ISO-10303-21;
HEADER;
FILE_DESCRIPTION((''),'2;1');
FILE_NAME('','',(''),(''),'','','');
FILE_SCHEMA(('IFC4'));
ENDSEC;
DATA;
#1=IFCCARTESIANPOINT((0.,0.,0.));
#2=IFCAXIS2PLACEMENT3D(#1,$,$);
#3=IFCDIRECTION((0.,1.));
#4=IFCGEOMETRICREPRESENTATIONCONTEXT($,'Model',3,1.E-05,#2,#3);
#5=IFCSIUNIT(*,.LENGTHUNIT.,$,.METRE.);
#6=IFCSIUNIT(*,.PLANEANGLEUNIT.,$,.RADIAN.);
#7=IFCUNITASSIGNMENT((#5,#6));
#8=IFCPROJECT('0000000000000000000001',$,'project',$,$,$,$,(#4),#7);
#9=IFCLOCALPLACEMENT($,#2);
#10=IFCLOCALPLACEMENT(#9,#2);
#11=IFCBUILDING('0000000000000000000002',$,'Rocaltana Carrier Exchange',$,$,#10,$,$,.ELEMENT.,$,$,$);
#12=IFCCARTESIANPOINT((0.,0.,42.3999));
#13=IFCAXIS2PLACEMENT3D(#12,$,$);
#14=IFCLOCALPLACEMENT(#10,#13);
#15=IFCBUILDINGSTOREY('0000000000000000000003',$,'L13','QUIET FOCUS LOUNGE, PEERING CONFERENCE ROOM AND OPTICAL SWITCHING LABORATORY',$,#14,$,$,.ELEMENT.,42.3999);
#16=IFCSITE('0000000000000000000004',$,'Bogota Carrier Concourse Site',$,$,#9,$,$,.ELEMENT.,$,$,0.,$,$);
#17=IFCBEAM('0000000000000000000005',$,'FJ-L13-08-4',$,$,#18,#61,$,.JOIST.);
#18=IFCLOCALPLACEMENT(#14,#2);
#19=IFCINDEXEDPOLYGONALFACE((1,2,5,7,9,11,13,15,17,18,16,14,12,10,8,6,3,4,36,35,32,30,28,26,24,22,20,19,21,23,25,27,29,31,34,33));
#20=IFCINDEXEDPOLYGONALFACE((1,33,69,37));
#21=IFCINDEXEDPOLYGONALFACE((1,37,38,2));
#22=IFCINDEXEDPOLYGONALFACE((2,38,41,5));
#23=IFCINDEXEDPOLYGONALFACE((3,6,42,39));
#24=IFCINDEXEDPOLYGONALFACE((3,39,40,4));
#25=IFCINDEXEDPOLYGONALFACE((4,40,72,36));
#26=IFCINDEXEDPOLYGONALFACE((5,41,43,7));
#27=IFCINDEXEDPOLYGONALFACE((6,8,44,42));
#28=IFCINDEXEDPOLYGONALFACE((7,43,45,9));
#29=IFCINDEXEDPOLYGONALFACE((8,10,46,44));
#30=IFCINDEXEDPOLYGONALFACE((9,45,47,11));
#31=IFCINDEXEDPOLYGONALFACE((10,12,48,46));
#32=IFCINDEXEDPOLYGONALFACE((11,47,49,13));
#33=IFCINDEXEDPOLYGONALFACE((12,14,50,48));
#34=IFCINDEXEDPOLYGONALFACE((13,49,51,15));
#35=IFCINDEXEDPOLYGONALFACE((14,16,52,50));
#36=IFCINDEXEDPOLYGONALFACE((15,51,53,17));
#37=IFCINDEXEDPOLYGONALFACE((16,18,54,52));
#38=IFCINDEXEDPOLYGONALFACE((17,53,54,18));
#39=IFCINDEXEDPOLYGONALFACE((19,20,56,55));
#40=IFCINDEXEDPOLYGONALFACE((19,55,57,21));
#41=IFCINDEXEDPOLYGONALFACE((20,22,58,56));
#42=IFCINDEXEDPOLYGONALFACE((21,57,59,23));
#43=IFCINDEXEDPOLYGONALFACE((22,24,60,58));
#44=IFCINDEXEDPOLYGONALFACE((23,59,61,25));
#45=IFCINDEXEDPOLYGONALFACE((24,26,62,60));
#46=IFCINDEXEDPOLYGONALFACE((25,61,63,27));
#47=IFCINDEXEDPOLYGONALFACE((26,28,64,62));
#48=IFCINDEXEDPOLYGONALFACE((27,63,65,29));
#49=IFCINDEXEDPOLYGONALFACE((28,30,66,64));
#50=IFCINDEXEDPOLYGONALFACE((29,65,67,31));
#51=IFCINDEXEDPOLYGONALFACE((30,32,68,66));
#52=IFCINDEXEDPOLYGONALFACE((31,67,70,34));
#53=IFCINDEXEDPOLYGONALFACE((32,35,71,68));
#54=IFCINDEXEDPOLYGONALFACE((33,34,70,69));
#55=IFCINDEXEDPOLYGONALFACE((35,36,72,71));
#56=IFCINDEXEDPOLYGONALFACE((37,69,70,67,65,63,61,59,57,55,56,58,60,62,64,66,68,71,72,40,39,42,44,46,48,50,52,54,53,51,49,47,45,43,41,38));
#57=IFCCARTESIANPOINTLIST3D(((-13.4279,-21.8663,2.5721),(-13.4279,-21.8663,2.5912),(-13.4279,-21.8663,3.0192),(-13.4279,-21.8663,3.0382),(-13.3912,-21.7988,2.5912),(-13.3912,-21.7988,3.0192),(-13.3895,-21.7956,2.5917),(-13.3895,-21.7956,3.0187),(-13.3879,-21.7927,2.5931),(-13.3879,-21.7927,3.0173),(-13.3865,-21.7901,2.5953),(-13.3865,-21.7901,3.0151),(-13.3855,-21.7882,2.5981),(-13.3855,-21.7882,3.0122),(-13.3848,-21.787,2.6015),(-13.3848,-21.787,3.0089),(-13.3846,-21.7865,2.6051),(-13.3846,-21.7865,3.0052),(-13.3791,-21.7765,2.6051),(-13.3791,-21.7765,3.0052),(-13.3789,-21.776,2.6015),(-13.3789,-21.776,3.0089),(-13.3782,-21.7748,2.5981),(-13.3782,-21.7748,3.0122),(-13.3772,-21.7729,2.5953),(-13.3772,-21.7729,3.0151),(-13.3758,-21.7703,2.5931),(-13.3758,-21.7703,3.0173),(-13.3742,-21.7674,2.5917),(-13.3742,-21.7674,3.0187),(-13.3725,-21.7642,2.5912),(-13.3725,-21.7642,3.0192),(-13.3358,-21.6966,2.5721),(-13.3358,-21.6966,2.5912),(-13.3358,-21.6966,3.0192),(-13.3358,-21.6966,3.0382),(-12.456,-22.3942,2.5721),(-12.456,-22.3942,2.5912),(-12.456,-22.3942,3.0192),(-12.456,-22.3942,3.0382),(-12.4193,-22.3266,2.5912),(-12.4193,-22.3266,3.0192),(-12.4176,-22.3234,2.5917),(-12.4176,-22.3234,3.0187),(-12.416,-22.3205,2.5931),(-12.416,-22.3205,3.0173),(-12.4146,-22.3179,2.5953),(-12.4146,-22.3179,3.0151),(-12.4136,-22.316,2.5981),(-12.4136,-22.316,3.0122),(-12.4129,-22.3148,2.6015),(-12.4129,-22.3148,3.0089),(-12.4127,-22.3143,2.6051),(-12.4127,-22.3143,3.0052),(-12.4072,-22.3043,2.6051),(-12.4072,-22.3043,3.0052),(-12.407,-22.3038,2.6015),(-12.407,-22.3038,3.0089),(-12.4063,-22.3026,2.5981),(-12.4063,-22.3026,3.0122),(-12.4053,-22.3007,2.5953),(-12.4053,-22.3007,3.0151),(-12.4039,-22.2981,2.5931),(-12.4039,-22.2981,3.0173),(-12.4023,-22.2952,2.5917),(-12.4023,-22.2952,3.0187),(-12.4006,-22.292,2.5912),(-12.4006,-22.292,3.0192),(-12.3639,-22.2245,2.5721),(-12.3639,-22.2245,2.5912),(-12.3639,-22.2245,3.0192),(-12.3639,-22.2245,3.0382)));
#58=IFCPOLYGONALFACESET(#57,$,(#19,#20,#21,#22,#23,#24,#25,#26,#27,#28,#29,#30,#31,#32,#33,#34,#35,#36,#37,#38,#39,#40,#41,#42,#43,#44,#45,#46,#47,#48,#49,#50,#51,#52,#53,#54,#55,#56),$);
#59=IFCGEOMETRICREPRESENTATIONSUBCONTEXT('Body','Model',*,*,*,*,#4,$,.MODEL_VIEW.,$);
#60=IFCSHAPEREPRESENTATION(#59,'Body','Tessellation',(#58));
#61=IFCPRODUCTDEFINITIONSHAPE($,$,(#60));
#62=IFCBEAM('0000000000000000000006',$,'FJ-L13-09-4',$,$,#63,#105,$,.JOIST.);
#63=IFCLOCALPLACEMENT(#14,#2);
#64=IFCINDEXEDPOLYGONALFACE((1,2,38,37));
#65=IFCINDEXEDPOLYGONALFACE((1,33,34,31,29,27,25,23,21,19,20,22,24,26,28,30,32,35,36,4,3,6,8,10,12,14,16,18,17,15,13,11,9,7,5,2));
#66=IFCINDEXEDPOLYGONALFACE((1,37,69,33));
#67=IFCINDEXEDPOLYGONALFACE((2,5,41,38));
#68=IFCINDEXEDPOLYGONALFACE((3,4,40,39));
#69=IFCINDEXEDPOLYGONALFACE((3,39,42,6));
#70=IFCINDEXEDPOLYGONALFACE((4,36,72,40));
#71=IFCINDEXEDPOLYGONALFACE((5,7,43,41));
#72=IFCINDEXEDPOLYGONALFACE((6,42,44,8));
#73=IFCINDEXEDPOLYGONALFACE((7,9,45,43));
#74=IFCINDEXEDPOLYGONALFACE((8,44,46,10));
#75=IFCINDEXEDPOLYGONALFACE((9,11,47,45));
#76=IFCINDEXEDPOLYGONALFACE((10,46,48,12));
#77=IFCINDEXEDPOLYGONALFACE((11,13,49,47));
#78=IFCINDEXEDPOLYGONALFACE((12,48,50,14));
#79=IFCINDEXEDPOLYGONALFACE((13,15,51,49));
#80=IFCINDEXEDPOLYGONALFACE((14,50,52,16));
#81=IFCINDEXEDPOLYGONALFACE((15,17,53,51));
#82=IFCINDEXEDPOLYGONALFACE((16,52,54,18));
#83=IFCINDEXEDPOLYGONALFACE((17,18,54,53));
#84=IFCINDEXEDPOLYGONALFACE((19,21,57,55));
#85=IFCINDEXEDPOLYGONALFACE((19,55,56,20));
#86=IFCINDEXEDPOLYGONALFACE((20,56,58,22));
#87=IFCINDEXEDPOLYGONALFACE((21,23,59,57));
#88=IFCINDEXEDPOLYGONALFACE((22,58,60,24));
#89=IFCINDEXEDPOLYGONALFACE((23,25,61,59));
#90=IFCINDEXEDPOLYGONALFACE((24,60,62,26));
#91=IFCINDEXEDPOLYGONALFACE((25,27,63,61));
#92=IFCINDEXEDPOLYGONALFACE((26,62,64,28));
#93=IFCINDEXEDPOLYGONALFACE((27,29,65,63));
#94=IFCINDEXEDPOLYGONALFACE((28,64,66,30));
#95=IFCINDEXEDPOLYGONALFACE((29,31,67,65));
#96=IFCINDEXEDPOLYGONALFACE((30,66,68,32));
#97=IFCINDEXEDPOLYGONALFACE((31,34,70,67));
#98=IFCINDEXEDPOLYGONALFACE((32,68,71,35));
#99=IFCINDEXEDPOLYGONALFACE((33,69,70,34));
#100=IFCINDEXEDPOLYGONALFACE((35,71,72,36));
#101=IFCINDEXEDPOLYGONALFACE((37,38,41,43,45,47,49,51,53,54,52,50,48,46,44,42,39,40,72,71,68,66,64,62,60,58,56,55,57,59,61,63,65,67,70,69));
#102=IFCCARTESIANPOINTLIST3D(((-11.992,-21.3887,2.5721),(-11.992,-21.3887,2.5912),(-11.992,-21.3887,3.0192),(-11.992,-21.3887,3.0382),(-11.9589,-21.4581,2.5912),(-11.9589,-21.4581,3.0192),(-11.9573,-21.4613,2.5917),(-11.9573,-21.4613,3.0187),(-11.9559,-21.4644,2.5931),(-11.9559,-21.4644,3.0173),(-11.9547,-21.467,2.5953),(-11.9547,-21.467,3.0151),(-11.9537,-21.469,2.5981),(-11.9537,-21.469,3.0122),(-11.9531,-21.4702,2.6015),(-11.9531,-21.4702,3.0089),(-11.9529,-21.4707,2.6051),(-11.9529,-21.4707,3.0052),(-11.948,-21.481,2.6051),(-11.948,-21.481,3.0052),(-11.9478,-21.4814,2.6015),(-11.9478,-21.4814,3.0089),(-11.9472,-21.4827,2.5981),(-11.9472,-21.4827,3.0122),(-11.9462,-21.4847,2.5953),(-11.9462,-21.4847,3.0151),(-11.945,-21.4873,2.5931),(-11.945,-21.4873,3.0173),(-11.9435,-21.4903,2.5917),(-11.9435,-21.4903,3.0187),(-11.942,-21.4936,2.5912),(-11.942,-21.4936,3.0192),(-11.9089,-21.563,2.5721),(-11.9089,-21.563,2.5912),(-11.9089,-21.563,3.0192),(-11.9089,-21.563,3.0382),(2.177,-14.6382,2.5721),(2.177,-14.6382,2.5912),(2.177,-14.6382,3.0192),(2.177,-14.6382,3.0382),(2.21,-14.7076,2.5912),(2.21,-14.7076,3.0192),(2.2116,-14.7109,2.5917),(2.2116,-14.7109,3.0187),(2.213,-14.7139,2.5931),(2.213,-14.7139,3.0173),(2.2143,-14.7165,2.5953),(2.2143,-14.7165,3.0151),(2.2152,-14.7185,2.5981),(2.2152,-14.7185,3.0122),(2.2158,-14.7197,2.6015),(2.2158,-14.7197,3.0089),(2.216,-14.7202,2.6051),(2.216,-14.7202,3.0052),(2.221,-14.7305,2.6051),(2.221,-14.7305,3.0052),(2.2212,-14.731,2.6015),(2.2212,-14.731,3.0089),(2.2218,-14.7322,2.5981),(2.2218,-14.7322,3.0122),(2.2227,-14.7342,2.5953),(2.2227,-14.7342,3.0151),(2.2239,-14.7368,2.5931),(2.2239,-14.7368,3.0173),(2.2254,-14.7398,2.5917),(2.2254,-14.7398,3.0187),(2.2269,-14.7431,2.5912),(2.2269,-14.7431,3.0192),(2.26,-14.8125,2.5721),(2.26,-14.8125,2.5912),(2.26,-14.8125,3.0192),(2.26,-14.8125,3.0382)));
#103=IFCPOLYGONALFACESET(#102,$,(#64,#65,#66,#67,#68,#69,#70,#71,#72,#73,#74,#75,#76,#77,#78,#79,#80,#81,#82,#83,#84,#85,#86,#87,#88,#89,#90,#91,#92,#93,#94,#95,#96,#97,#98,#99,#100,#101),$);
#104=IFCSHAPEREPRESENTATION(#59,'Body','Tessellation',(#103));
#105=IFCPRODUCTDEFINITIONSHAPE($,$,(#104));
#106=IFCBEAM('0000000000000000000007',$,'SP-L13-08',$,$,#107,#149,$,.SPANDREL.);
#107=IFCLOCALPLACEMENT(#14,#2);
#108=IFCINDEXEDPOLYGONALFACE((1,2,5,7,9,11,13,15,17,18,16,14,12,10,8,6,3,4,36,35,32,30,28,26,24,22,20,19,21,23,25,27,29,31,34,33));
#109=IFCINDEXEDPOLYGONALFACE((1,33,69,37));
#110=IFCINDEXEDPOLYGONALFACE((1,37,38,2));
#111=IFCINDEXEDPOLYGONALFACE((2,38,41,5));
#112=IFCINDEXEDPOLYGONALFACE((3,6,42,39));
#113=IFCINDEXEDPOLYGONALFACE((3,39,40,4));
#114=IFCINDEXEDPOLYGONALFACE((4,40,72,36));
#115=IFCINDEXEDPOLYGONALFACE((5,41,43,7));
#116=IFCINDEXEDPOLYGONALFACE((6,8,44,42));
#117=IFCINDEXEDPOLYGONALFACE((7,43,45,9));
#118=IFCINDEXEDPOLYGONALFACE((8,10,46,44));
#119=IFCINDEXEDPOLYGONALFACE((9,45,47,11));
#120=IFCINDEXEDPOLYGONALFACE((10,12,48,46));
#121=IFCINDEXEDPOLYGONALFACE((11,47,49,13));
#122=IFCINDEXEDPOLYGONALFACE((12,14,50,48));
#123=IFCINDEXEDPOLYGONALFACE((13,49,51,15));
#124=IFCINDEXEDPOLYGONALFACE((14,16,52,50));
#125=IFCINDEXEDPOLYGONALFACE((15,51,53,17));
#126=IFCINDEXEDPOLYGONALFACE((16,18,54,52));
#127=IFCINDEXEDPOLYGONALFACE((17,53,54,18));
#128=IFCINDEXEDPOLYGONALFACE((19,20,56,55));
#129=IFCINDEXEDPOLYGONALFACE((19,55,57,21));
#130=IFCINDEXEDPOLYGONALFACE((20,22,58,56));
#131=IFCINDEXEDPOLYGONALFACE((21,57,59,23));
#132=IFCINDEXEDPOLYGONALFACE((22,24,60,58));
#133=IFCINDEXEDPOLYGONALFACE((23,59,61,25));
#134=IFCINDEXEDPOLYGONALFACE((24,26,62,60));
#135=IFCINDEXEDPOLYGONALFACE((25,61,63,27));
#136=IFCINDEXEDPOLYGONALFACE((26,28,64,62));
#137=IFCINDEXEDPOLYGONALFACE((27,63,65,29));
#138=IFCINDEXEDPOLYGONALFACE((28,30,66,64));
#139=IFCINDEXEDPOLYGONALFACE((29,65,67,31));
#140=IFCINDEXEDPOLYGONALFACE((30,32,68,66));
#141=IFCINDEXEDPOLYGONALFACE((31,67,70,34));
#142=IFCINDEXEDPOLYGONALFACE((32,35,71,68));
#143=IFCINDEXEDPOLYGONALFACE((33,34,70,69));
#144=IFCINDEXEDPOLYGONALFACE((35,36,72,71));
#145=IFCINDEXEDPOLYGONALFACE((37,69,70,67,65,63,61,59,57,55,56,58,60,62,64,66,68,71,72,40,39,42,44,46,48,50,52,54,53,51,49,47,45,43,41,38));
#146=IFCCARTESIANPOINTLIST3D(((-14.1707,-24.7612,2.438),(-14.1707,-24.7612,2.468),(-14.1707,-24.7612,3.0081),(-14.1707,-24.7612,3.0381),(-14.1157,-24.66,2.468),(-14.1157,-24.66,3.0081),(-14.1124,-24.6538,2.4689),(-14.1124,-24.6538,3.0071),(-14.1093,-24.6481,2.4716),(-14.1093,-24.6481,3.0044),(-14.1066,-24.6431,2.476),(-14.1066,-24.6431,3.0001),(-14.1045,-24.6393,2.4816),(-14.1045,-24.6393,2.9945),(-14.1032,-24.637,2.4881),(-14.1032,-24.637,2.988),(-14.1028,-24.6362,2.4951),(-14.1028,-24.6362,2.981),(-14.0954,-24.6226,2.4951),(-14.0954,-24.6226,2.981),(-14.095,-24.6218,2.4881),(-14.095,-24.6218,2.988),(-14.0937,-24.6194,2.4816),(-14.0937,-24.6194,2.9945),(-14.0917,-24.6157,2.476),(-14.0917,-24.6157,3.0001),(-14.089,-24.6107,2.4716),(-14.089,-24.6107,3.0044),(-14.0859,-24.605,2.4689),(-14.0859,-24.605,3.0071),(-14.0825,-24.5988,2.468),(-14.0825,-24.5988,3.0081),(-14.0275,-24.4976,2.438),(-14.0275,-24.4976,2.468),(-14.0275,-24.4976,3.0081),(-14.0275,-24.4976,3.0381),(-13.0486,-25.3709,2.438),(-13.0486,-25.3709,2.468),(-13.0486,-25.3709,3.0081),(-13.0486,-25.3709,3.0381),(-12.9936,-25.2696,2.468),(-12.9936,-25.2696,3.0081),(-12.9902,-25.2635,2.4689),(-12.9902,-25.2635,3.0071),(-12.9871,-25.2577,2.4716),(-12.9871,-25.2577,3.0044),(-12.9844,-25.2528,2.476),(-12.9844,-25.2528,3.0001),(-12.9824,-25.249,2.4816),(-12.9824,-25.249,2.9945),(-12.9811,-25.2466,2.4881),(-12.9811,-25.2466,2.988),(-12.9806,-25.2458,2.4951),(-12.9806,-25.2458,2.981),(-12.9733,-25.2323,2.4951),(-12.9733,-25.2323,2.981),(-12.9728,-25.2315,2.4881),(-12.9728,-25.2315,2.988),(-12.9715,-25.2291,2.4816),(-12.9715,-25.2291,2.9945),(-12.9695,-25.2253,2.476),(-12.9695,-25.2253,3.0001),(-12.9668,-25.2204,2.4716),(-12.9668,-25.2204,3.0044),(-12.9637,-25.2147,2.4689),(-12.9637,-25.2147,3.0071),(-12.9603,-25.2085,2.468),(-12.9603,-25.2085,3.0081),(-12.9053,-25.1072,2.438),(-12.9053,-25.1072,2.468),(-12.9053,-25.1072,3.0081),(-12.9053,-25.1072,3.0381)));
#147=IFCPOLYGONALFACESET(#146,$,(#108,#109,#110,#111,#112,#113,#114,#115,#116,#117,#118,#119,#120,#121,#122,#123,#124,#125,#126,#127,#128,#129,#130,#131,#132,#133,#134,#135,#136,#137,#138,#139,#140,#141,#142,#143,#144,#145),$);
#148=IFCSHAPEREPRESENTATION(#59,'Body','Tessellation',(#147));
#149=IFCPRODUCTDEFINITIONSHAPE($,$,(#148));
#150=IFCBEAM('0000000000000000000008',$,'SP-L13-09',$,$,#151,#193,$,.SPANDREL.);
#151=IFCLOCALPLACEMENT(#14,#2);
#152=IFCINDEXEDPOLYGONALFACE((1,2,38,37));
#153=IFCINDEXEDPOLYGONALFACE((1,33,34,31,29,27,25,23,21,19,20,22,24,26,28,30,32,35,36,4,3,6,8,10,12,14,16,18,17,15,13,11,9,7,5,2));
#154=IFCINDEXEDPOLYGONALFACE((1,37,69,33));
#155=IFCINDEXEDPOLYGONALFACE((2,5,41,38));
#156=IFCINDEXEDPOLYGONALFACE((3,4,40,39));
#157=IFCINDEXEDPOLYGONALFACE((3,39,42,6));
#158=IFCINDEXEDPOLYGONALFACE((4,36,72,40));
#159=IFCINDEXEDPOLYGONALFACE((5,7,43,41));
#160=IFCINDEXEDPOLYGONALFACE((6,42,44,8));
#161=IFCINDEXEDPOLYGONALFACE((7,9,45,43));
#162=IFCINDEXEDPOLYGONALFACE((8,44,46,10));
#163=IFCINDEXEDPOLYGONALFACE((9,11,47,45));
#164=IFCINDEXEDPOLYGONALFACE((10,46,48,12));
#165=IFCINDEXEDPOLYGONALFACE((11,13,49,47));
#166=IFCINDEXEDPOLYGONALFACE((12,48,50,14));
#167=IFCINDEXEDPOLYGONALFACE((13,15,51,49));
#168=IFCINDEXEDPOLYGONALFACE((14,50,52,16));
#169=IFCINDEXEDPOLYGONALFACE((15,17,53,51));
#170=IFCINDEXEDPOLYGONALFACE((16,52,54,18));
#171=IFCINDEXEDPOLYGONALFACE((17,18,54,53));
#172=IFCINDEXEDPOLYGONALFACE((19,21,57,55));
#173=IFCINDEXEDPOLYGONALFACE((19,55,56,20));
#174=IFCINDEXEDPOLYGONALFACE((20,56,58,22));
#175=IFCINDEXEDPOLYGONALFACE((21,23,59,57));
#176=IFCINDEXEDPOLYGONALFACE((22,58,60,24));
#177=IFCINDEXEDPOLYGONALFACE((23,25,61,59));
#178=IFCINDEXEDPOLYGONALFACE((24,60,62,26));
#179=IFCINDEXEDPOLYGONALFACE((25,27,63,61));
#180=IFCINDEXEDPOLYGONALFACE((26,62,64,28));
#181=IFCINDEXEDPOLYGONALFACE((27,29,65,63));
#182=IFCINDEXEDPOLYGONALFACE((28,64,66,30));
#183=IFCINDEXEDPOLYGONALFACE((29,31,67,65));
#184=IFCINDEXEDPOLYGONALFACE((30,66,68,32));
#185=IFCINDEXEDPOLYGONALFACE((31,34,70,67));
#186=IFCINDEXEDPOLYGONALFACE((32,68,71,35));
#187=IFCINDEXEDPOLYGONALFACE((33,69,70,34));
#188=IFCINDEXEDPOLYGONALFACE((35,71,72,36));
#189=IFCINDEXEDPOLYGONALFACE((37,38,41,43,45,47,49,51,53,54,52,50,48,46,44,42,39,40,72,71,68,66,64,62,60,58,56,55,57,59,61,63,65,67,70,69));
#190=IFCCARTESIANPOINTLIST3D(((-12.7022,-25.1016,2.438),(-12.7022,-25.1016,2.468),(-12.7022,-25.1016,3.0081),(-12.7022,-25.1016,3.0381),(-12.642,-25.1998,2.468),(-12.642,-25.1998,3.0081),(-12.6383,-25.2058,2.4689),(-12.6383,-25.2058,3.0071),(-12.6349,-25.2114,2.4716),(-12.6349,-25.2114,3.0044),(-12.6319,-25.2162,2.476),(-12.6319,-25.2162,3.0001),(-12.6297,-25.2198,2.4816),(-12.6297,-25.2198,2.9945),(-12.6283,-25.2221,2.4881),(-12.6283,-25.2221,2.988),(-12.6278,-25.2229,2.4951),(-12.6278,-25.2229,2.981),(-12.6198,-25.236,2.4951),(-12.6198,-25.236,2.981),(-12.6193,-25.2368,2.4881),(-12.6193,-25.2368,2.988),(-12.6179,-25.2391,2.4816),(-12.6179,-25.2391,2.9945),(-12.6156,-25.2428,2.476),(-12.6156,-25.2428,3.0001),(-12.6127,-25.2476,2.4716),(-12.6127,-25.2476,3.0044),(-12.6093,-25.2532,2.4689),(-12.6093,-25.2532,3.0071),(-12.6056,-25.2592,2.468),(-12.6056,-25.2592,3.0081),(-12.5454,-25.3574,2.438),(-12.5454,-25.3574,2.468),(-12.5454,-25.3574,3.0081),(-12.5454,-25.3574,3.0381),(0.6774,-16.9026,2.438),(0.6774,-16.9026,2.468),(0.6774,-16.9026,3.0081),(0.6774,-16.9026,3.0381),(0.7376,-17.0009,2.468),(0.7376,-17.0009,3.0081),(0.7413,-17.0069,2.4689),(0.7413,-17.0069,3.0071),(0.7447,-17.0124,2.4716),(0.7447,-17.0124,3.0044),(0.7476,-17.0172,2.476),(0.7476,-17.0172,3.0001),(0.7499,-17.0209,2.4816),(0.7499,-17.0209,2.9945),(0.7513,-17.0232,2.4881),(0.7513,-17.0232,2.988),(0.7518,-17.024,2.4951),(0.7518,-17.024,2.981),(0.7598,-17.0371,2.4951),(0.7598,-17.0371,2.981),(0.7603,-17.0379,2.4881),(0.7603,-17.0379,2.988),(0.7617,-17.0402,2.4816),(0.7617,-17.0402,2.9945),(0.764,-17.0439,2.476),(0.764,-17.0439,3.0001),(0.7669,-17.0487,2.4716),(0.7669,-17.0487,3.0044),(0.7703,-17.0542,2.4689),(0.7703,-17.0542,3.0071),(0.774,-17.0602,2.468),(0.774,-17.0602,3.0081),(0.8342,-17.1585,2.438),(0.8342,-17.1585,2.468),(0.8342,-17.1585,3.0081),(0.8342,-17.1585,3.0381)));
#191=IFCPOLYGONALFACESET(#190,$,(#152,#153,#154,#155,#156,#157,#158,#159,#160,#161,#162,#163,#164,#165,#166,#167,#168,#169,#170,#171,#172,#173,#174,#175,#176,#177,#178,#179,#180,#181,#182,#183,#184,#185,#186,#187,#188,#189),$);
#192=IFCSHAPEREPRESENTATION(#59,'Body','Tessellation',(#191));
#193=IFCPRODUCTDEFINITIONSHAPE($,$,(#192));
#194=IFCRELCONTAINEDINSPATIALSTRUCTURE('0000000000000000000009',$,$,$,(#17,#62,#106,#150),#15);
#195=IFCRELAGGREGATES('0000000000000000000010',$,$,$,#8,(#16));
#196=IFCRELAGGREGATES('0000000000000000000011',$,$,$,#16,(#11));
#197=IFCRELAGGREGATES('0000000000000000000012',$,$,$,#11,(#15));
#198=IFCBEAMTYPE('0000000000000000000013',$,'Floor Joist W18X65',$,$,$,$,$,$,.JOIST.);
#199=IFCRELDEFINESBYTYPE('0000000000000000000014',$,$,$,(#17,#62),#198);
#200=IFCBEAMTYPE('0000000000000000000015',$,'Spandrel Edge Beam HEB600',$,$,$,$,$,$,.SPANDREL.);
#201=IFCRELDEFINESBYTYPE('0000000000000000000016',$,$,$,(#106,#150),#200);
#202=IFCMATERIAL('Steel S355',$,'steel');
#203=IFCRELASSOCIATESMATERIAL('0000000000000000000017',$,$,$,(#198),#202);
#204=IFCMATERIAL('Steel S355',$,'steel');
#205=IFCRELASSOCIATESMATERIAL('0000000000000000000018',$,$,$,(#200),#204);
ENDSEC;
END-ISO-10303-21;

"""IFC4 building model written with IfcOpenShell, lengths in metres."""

from ifc_helpers import new_model, si_unit, direction, frame, origin, origin_2d, place, context, subcontext, project, spatial, i_section, extrude, material, material_profile, profile_set, type_object, element, save


model = new_model("IFC4")

# Units and contexts
model_context = context("Model", 3, precision=1e-05, world=origin(), true_north=direction((0.0, 1.0)))
body_context = subcontext(model_context, "Body", "Model", "MODEL_VIEW")
ifc_project = project(units=[si_unit("LENGTHUNIT", "METRE"), si_unit("PLANEANGLEUNIT", "RADIAN")], contexts=[model_context])

# Site, building, storey
site_placement = place(None, origin())
site = spatial("IfcSite", under=ifc_project, at=site_placement, Name="Bogota Carrier Concourse Site", CompositionType="ELEMENT", RefElevation=0.0)
building_placement = place(site_placement, origin())
building = spatial("IfcBuilding", under=site, at=building_placement, Name="Rocaltana Carrier Exchange", CompositionType="ELEMENT")
storey_placement = place(building_placement, frame((0.0, 0.0, 42.3999)))
storey = spatial("IfcBuildingStorey", under=building, at=storey_placement, Name="L13", Description="QUIET FOCUS LOUNGE, PEERING CONFERENCE ROOM AND OPTICAL SWITCHING LABORATORY", CompositionType="ELEMENT", Elevation=42.3999)

# Beams
ifc_material_1 = material(Name="Steel S355", Category="steel")
ifc_material_profile_1 = material_profile(ifc_material_1, i_section(OverallWidth=0.1931, OverallDepth=0.4661, WebThickness=0.0115, FlangeThickness=0.019, FilletRadius=0.0139, at=origin_2d()), Name="W18X65")
ifc_profile_set_1 = profile_set([ifc_material_profile_1], Name="Steel S355")
beam_type_1 = type_object("IfcBeamType", Name="Floor Joist W18X65", PredefinedType="JOIST", material=ifc_profile_set_1)
beam_1_placement = place(storey_placement, frame((-13.3818, -21.7815, 2.8052), z_axis=(0.878771, -0.477243, 0.0), x_axis=(0.477243, 0.878771, 0.0)))
element("IfcBeam", 1, at=beam_1_placement, inside=storey, type_object=beam_type_1, Name="FJ-L13-08-4", PredefinedType="JOIST", context=body_context, shape_type="SweptSolid", body=[
    extrude(i_section(OverallWidth=0.1931, OverallDepth=0.4661, WebThickness=0.0115, FlangeThickness=0.019, FilletRadius=0.0139, at=origin_2d()), origin(), (0.0, 0.0, 1.0), 1.106),
])
beam_2_placement = place(storey_placement, frame((-11.9504, -21.4758, 2.8052), z_axis=(0.902777, 0.430109, 0.0), x_axis=(-0.430109, 0.902777, 0.0)))
element("IfcBeam", 2, at=beam_2_placement, inside=storey, type_object=beam_type_1, Name="FJ-L13-09-4", PredefinedType="JOIST", context=body_context, shape_type="SweptSolid", body=[
    extrude(i_section(OverallWidth=0.1931, OverallDepth=0.4661, WebThickness=0.0115, FlangeThickness=0.019, FilletRadius=0.0139, at=origin_2d()), origin(), (0.0, 0.0, 1.0), 15.6948),
])
ifc_material_2 = material(Name="Steel S355", Category="steel")
ifc_material_profile_2 = material_profile(ifc_material_2, i_section(OverallWidth=0.3, OverallDepth=0.6001, WebThickness=0.0154, FlangeThickness=0.03, FilletRadius=0.0271, at=origin_2d()), Name="HEB600")
ifc_profile_set_2 = profile_set([ifc_material_profile_2], Name="Steel S355")
beam_type_2 = type_object("IfcBeamType", Name="Spandrel Edge Beam HEB600", PredefinedType="SPANDREL", material=ifc_profile_set_2)
beam_3_placement = place(storey_placement, frame((-14.0991, -24.6294, 2.738), z_axis=(0.878691, -0.477391, 0.0), x_axis=(0.477391, 0.878691, 0.0)))
element("IfcBeam", 3, at=beam_3_placement, inside=storey, type_object=beam_type_2, Name="SP-L13-08", PredefinedType="SPANDREL", context=body_context, shape_type="SweptSolid", body=[
    extrude(i_section(OverallWidth=0.3, OverallDepth=0.6001, WebThickness=0.0154, FlangeThickness=0.03, FilletRadius=0.0271, at=origin_2d()), origin(), (0.0, 0.0, 1.0), 1.2771),
])
beam_4_placement = place(storey_placement, frame((-12.6238, -25.2295, 2.738), z_axis=(0.852642, 0.522495, 0.0), x_axis=(-0.522495, 0.852642, 0.0)))
element("IfcBeam", 4, at=beam_4_placement, inside=storey, type_object=beam_type_2, Name="SP-L13-09", PredefinedType="SPANDREL", context=body_context, shape_type="SweptSolid", body=[
    extrude(i_section(OverallWidth=0.3, OverallDepth=0.6001, WebThickness=0.0154, FlangeThickness=0.03, FilletRadius=0.0271, at=origin_2d()), origin(), (0.0, 0.0, 1.0), 15.6919),
])

save(model, "model.ifc")
